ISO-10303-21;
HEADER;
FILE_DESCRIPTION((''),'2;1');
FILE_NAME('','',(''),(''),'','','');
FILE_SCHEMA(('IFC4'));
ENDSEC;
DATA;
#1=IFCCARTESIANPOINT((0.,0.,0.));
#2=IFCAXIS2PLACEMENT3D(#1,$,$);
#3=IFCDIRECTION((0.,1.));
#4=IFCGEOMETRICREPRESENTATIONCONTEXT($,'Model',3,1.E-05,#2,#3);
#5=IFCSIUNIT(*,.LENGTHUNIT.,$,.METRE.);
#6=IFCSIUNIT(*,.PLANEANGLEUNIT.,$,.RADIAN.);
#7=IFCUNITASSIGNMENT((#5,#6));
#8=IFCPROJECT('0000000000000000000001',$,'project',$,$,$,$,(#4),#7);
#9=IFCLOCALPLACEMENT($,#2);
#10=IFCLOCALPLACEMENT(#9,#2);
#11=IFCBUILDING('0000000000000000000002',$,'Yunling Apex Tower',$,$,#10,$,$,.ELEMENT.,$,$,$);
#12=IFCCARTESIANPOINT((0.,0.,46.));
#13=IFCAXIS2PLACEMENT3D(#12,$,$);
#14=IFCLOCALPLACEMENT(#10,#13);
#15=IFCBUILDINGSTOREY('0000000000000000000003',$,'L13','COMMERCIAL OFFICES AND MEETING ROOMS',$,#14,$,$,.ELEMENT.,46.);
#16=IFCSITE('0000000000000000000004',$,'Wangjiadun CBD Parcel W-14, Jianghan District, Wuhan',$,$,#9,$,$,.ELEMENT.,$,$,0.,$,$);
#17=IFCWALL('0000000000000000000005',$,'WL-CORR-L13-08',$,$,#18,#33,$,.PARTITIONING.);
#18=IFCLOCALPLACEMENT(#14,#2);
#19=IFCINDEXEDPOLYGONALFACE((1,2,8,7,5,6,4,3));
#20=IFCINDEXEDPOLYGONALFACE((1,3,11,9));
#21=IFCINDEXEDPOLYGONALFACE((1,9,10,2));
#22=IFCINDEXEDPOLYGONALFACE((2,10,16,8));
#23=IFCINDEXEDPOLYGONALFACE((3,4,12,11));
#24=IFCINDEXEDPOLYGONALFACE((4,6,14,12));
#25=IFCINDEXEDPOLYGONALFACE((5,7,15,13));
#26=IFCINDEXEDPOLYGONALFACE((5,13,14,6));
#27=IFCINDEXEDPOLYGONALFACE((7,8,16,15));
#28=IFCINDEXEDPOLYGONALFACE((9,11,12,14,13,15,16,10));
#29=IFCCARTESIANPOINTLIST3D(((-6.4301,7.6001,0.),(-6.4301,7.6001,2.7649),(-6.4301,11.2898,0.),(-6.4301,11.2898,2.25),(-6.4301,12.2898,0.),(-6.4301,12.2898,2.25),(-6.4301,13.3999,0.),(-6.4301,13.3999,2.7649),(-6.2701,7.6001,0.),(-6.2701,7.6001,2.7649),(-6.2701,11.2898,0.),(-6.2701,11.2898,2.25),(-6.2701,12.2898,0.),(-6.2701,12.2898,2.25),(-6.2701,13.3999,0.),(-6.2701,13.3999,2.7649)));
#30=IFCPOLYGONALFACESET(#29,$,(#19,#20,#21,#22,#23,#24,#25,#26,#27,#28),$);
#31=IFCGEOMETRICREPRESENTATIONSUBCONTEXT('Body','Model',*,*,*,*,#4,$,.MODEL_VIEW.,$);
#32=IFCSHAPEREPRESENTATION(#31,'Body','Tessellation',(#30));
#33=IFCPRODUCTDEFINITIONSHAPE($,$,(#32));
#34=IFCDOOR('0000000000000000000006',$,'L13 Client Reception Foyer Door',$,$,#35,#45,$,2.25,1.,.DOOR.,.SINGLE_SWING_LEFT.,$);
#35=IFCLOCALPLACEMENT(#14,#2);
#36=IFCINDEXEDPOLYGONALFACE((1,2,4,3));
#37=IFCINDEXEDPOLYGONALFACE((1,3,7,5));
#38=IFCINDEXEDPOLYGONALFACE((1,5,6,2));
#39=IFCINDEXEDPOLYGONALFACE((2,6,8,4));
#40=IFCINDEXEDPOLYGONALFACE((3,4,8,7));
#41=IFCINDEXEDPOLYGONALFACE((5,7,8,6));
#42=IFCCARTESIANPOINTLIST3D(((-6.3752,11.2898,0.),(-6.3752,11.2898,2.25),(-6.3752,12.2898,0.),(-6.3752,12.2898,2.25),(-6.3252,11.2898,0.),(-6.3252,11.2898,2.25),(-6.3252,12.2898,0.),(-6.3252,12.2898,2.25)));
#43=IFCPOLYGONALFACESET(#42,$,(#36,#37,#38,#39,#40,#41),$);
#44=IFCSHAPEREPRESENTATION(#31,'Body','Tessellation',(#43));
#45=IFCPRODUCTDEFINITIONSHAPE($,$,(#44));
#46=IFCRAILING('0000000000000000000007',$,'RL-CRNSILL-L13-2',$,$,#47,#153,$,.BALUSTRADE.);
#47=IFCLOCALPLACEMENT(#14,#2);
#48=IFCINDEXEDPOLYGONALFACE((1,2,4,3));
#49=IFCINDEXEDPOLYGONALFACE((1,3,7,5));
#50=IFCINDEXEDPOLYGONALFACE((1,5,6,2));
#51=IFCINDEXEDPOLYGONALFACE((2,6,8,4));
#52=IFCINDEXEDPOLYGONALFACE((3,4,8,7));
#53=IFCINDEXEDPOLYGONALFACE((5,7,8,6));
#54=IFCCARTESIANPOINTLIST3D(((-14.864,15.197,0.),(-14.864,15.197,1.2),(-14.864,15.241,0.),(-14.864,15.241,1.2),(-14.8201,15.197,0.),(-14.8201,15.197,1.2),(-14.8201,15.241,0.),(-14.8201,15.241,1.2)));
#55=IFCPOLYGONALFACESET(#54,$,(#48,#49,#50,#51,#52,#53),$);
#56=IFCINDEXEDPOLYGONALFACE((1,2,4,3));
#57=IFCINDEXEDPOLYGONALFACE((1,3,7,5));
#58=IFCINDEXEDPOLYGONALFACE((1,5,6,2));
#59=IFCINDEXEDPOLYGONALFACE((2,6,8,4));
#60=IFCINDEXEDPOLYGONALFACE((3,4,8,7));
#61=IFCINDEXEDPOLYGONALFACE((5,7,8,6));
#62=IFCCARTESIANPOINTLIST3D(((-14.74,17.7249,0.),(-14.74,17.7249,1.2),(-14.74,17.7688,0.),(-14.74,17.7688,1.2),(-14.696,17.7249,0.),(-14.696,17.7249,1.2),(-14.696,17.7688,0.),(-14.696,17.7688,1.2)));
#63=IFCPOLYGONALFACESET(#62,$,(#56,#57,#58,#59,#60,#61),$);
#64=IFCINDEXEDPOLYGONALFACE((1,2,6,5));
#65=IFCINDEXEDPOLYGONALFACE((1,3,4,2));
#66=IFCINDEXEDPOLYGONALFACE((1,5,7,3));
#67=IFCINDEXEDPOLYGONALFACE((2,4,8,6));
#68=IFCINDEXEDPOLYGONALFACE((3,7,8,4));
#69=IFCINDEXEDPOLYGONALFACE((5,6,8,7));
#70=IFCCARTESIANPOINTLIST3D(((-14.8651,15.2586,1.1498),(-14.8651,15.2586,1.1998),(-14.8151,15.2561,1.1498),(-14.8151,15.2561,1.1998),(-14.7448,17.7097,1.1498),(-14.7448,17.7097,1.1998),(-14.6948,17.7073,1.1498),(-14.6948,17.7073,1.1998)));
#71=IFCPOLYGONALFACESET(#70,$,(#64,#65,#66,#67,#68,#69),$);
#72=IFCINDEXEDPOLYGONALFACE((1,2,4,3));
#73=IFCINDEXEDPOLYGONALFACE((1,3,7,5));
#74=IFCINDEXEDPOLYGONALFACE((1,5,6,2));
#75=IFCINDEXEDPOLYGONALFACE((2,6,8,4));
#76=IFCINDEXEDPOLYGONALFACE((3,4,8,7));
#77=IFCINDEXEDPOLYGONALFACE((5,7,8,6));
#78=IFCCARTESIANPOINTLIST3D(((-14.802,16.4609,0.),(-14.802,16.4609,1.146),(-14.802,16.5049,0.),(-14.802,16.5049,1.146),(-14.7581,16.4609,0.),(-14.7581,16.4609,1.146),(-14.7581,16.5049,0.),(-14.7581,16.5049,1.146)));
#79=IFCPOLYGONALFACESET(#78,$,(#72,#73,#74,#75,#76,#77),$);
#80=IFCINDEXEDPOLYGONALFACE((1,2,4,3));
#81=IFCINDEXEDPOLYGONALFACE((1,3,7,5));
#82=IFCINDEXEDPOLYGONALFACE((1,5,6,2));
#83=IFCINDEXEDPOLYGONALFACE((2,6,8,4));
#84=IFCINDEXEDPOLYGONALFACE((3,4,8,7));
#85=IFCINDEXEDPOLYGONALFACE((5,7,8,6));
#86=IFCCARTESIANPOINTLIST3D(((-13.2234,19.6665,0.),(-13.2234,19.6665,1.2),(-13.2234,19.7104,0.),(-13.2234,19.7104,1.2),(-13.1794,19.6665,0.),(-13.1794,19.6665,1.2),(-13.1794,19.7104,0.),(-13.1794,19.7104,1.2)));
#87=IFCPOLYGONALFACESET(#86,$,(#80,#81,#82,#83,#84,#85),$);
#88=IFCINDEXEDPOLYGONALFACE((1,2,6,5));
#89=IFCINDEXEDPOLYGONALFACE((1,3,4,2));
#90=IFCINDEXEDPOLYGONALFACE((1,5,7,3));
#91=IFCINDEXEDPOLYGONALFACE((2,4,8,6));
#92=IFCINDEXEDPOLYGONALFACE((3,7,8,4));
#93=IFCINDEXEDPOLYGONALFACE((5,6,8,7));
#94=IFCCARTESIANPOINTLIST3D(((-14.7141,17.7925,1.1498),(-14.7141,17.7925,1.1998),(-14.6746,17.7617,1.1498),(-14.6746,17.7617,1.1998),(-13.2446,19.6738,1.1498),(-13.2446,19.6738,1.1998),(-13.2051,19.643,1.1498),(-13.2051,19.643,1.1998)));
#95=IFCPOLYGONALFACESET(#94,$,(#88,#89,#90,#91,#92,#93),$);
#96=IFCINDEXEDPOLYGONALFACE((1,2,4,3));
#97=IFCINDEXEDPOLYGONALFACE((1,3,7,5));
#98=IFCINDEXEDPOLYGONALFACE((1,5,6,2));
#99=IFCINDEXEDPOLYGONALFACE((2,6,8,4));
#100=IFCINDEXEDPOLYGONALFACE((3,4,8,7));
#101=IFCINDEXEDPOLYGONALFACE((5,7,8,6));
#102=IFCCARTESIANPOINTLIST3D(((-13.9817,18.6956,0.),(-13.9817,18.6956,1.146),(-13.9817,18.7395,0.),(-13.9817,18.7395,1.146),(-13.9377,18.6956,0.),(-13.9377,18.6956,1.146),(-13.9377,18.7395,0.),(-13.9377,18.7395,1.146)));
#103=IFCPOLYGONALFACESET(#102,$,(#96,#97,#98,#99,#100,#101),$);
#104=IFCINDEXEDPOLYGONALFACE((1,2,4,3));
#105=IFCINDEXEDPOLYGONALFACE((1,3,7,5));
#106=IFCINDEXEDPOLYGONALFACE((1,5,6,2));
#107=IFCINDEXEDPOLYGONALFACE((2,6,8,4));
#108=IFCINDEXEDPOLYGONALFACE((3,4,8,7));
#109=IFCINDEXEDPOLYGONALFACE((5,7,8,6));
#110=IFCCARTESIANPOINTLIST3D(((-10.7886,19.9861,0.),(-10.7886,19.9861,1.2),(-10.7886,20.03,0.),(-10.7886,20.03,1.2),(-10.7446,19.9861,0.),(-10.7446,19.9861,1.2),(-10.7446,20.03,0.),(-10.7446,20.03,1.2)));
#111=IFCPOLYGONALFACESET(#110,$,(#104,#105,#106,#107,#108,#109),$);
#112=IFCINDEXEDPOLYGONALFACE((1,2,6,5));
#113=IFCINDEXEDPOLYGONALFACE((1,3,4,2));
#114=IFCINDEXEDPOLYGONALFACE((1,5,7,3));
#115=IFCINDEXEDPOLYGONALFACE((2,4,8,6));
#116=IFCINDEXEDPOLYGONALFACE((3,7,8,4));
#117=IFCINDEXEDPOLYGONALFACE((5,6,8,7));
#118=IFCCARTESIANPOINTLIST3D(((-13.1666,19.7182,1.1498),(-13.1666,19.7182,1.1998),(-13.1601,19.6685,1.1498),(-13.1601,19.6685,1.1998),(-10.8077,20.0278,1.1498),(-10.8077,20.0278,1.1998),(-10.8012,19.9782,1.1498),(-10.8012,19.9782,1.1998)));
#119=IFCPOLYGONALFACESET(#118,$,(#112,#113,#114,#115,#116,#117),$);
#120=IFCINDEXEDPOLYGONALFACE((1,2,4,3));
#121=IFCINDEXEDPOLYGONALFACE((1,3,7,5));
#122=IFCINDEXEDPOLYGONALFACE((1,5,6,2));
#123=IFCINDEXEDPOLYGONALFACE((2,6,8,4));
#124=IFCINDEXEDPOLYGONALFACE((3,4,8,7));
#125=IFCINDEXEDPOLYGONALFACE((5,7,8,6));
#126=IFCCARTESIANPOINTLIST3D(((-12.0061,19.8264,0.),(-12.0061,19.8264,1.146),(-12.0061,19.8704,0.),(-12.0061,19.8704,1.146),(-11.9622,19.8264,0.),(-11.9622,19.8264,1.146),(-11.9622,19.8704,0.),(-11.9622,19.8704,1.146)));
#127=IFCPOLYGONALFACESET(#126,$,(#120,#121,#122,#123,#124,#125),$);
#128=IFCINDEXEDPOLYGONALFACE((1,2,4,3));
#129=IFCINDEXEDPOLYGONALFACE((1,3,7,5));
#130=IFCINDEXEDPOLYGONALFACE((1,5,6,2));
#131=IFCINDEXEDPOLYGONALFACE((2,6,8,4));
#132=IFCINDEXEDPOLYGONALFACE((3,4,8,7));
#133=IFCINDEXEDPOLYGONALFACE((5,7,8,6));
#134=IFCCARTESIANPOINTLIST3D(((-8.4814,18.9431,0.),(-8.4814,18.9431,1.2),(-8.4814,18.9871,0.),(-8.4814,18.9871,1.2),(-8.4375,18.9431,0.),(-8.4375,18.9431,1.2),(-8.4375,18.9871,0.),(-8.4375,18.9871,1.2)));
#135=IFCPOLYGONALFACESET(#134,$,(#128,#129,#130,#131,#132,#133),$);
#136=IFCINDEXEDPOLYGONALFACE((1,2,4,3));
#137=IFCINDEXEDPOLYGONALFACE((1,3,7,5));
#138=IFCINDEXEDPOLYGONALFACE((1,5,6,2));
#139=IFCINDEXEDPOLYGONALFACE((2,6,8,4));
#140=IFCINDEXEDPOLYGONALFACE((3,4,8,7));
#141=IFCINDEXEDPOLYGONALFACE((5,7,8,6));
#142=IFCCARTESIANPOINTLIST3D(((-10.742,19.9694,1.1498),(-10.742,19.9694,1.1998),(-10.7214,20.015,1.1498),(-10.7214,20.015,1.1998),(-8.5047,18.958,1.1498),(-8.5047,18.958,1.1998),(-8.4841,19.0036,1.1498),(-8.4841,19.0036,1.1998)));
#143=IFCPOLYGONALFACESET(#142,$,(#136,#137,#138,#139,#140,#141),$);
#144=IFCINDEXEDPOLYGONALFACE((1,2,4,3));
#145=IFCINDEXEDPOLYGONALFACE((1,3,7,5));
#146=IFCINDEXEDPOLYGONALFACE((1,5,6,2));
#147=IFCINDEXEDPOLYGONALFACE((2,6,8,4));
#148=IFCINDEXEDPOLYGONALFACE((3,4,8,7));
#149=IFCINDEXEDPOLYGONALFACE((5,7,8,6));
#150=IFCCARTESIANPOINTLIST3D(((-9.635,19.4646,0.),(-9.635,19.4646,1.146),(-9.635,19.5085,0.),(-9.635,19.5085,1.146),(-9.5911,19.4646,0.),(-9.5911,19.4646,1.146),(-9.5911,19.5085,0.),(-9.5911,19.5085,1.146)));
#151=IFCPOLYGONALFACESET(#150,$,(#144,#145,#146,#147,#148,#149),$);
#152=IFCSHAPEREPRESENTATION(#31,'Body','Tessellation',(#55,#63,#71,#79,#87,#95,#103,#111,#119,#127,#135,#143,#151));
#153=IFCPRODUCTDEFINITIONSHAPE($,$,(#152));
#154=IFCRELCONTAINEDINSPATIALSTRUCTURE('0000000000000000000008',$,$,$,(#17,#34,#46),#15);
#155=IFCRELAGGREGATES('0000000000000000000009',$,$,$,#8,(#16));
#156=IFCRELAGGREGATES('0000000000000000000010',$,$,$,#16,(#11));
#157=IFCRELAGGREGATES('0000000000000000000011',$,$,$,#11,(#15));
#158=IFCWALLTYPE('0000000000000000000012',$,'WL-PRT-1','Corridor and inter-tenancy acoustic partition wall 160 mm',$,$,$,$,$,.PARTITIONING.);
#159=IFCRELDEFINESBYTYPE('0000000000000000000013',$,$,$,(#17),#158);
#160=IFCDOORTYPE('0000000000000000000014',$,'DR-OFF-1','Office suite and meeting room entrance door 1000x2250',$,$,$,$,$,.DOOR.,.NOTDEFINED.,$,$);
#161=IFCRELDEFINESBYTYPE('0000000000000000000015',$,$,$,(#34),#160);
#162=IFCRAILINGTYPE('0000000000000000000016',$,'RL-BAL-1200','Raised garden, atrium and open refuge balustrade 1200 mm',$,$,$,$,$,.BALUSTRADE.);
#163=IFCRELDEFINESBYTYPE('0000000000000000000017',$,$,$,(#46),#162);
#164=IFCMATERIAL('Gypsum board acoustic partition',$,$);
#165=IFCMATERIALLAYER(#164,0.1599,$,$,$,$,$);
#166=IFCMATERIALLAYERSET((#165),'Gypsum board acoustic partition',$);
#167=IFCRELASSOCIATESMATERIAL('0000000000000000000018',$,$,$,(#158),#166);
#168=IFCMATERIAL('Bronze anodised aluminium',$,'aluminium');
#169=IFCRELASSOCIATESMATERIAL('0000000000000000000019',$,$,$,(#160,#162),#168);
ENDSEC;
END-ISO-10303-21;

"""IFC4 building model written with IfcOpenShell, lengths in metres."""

from ifc_helpers import new_model, si_unit, direction, frame, frame_2d, origin, origin_2d, place, context, subcontext, project, spatial, rectangle, extrude, material, layer, layer_set, type_object, element, fill, save


model = new_model("IFC4")

# Units and contexts
model_context = context("Model", 3, precision=1e-05, world=origin(), true_north=direction((0.0, 1.0)))
body_context = subcontext(model_context, "Body", "Model", "MODEL_VIEW")
ifc_project = project(units=[si_unit("LENGTHUNIT", "METRE"), si_unit("PLANEANGLEUNIT", "RADIAN")], contexts=[model_context])

# Site, building, storey
site_placement = place(None, origin())
site = spatial("IfcSite", under=ifc_project, at=site_placement, Name="Wangjiadun CBD Parcel W-14, Jianghan District, Wuhan", CompositionType="ELEMENT", RefElevation=0.0)
building_placement = place(site_placement, origin())
building = spatial("IfcBuilding", under=site, at=building_placement, Name="Yunling Apex Tower", CompositionType="ELEMENT")
storey_placement = place(building_placement, frame((0.0, 0.0, 46.0)))
storey = spatial("IfcBuildingStorey", under=building, at=storey_placement, Name="L13", Description="COMMERCIAL OFFICES AND MEETING ROOMS", CompositionType="ELEMENT", Elevation=46.0)

# Shared definitions
ifc_material_1 = material(Name="Bronze anodised aluminium", Category="aluminium")

# Wall, opening, door
ifc_material_2 = material(Name="Gypsum board acoustic partition")
ifc_layer_1 = layer(ifc_material_2, 0.1599)
ifc_layer_set_1 = layer_set([ifc_layer_1], Name="Gypsum board acoustic partition")
wall_type = type_object("IfcWallType", Name="WL-PRT-1", Description="Corridor and inter-tenancy acoustic partition wall 160 mm", PredefinedType="PARTITIONING", material=ifc_layer_set_1)
wall_placement = place(storey_placement, frame((-6.3501, 13.3999, 0.0), z_axis=(0.0, 0.0, 1.0), x_axis=(0.0, -1.0, 0.0)))
wall = element("IfcWall", 1, at=wall_placement, inside=storey, type_object=wall_type, Name="WL-CORR-L13-08", PredefinedType="PARTITIONING", context=body_context, shape_type="SweptSolid", body=[
    extrude(rectangle(XDim=5.7998, YDim=0.1599, at=frame_2d((2.8999, 0.0))), origin(), (0.0, 0.0, 1.0), 2.7649),
])
opening_placement = place(wall_placement, frame((1.1101, 0.0, 0.0)))
opening = element("IfcOpeningElement", 2, at=opening_placement, cuts=wall, PredefinedType="OPENING", context=body_context, shape_type="SweptSolid", body=[
    extrude(rectangle(XDim=1.0, YDim=2.25, at=frame_2d((0.5, 1.125))), frame((0.0, 0.0898, 0.0), z_axis=(0.0, -1.0, 0.0), x_axis=(1.0, 0.0, 0.0)), (0.0, 0.0, 1.0), 0.1799),
])
door_type = type_object("IfcDoorType", Name="DR-OFF-1", Description="Office suite and meeting room entrance door 1000x2250", OperationType="NOTDEFINED", PredefinedType="DOOR", material=ifc_material_1)
door_placement = place(opening_placement, origin())
door = element("IfcDoor", 3, at=door_placement, inside=storey, type_object=door_type, Name="L13 Client Reception Foyer Door", OperationType="SINGLE_SWING_LEFT", OverallHeight=2.25, OverallWidth=1.0, PredefinedType="DOOR", context=body_context, shape_type="SweptSolid", body=[
    extrude(rectangle(XDim=1.0, YDim=2.25, at=frame_2d((0.5, 1.125))), frame((0.0, 0.0249, 0.0), z_axis=(0.0, -1.0, 0.0), x_axis=(1.0, 0.0, 0.0)), (0.0, 0.0, 1.0), 0.05),
])
fill(opening, door)

# Railing
railing_type = type_object("IfcRailingType", Name="RL-BAL-1200", Description="Raised garden, atrium and open refuge balustrade 1200 mm", PredefinedType="BALUSTRADE", material=ifc_material_1)
railing_placement = place(storey_placement, frame((-14.842, 15.219, 0.0)))
element("IfcRailing", 4, at=railing_placement, inside=storey, type_object=railing_type, Name="RL-CRNSILL-L13-2", PredefinedType="BALUSTRADE", context=body_context, shape_type="SweptSolid", body=[
    extrude(rectangle(XDim=0.0439, YDim=0.0439, at=origin_2d()), origin(), (0.0, 0.0, 1.0), 1.2),
    extrude(rectangle(XDim=0.0439, YDim=0.0439, at=origin_2d()), frame((0.124, 2.5278, 0.0)), (0.0, 0.0, 1.0), 1.2),
    extrude(rectangle(XDim=0.05, YDim=0.05, at=origin_2d()), frame((0.002, 0.0383, 1.1748), z_axis=(0.049004, 0.998799, 0.0), x_axis=(-0.998799, 0.049004, 0.0)), (0.0, 0.0, 1.0), 2.4541),
    extrude(rectangle(XDim=0.0439, YDim=0.0439, at=origin_2d()), frame((0.062, 1.2639, 0.0)), (0.0, 0.0, 1.0), 1.146),
    extrude(rectangle(XDim=0.0439, YDim=0.0439, at=origin_2d()), frame((1.6406, 4.4695, 0.0)), (0.0, 0.0, 1.0), 1.2),
    extrude(rectangle(XDim=0.05, YDim=0.05, at=origin_2d()), frame((0.1477, 2.5581, 1.1748), z_axis=(0.615565, 0.788086, 0.0), x_axis=(-0.788086, 0.615565, 0.0)), (0.0, 0.0, 1.0), 2.3872),
    extrude(rectangle(XDim=0.0439, YDim=0.0439, at=origin_2d()), frame((0.8823, 3.4985, 0.0)), (0.0, 0.0, 1.0), 1.146),
    extrude(rectangle(XDim=0.0439, YDim=0.0439, at=origin_2d()), frame((4.0754, 4.7891, 0.0)), (0.0, 0.0, 1.0), 1.2),
    extrude(rectangle(XDim=0.05, YDim=0.05, at=origin_2d()), frame((1.6787, 4.4744, 1.1748), z_axis=(0.991496, 0.130138, 0.0), x_axis=(-0.130138, 0.991496, 0.0)), (0.0, 0.0, 1.0), 2.3792),
    extrude(rectangle(XDim=0.0439, YDim=0.0439, at=origin_2d()), frame((2.8579, 4.6294, 0.0)), (0.0, 0.0, 1.0), 1.146),
    extrude(rectangle(XDim=0.0439, YDim=0.0439, at=origin_2d()), frame((6.3826, 3.7461, 0.0)), (0.0, 0.0, 1.0), 1.2),
    extrude(rectangle(XDim=0.05, YDim=0.05, at=origin_2d()), frame((4.1104, 4.7732, 1.1748), z_axis=(0.911217, -0.411928, 0.0), x_axis=(0.411928, 0.911217, 0.0)), (0.0, 0.0, 1.0), 2.4553),
    extrude(rectangle(XDim=0.0439, YDim=0.0439, at=origin_2d()), frame((5.229, 4.2676, 0.0)), (0.0, 0.0, 1.0), 1.146),
])

save(model, "model.ifc")
